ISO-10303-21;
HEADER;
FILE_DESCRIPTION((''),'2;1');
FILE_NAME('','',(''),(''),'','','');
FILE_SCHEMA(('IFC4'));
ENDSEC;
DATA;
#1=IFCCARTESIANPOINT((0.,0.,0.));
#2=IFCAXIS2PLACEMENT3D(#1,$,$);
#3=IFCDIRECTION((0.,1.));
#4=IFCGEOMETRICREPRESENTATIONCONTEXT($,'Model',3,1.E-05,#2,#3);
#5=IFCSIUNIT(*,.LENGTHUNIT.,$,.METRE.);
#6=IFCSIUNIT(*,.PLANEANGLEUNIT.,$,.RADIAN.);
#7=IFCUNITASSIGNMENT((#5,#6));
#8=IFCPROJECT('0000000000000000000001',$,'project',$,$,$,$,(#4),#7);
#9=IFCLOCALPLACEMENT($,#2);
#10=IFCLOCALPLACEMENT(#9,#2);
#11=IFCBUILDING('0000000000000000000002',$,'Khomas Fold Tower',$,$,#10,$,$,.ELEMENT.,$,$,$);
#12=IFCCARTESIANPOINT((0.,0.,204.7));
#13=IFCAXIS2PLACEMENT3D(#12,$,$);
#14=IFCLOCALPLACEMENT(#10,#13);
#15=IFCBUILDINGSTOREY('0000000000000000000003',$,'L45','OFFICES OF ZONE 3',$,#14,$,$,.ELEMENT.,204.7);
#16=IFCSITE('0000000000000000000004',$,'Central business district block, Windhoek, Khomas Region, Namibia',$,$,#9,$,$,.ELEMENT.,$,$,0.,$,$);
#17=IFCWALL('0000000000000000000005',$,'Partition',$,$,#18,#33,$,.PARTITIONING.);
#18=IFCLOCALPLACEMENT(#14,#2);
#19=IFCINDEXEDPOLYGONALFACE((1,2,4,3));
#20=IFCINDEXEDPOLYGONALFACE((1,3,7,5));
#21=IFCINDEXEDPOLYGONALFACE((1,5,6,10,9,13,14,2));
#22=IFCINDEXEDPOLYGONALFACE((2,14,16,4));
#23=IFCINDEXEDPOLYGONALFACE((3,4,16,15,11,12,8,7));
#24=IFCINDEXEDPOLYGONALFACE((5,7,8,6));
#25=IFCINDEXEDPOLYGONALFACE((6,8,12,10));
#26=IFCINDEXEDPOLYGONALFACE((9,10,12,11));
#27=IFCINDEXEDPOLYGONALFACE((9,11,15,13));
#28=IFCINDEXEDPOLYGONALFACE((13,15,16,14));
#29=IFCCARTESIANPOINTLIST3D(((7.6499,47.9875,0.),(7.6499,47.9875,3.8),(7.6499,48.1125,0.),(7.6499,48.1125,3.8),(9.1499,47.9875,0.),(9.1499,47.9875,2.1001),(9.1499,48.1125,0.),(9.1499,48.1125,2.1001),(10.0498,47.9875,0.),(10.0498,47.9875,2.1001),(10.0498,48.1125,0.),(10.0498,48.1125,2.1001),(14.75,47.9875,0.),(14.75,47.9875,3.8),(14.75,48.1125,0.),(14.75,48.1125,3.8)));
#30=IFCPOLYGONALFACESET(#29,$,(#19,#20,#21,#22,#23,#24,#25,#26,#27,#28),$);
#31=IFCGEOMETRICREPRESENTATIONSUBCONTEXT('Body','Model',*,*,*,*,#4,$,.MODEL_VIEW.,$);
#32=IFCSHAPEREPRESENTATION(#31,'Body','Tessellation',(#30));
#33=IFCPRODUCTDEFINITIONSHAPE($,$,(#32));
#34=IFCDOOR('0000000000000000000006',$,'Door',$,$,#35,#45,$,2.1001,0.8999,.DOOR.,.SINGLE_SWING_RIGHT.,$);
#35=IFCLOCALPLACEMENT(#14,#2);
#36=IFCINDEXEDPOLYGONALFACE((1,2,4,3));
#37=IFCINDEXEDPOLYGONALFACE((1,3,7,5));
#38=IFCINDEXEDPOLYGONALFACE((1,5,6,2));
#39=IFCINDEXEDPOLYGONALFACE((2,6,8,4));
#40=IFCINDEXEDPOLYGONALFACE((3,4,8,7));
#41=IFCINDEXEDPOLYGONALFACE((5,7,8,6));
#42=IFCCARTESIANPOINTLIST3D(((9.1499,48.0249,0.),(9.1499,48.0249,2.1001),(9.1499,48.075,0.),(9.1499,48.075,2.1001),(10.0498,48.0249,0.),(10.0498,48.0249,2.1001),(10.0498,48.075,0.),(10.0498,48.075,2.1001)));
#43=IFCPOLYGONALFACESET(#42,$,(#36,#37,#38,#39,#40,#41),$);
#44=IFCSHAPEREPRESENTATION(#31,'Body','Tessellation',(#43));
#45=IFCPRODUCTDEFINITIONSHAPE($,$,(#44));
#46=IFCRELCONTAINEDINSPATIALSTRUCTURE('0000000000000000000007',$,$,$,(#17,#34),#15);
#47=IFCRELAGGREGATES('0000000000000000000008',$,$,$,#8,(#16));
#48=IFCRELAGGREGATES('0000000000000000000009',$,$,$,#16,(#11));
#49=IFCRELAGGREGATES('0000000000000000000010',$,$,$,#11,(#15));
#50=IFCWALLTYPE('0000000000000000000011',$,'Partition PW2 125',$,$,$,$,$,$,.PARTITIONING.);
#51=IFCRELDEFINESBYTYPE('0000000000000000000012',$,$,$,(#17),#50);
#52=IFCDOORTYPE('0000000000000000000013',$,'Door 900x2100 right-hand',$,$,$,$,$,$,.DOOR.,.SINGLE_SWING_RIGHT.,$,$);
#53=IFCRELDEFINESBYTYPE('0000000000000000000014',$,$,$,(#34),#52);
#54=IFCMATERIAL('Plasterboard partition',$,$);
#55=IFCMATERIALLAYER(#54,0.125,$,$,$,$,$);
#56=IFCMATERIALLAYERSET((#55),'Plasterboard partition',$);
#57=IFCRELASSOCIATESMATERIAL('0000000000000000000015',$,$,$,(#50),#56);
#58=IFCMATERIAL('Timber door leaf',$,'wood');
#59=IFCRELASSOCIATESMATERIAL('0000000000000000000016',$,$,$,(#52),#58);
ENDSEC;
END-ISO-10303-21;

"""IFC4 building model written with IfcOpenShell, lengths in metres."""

from ifc_helpers import new_model, si_unit, direction, frame, frame_2d, origin, place, context, subcontext, project, spatial, rectangle, extrude, source, transform, mapped, material, layer, layer_set, type_object, element, fill, save


model = new_model("IFC4")

# Units and contexts
model_context = context("Model", 3, precision=1e-05, world=origin(), true_north=direction((0.0, 1.0)))
body_context = subcontext(model_context, "Body", "Model", "MODEL_VIEW")
ifc_project = project(units=[si_unit("LENGTHUNIT", "METRE"), si_unit("PLANEANGLEUNIT", "RADIAN")], contexts=[model_context])

# Site, building, storey
site_placement = place(None, origin())
site = spatial("IfcSite", under=ifc_project, at=site_placement, Name="Central business district block, Windhoek, Khomas Region, Namibia", CompositionType="ELEMENT", RefElevation=0.0)
building_placement = place(site_placement, origin())
building = spatial("IfcBuilding", under=site, at=building_placement, Name="Khomas Fold Tower", CompositionType="ELEMENT")
storey_placement = place(building_placement, frame((0.0, 0.0, 204.7)))
storey = spatial("IfcBuildingStorey", under=building, at=storey_placement, Name="L45", Description="OFFICES OF ZONE 3", CompositionType="ELEMENT", Elevation=204.7)

# Shared definitions
ifc_material_1 = material(Name="Plasterboard partition")
ifc_layer_1 = layer(ifc_material_1, 0.125)
ifc_layer_set_1 = layer_set([ifc_layer_1], Name="Plasterboard partition")
wall_type = type_object("IfcWallType", Name="Partition PW2 125", PredefinedType="PARTITIONING", material=ifc_layer_set_1)

# Wall, opening, door
shared_shape_1 = source(origin(), body_context, "Body", "SweptSolid", [
    extrude(rectangle(XDim=7.1001, YDim=0.125, at=frame_2d((3.55, 0.0))), origin(), (0.0, 0.0, 1.0), 3.8),
])
wall_1_placement = place(storey_placement, frame((7.6499, 48.05, 0.0), z_axis=(0.0, 0.0, 1.0), x_axis=(1.0, 0.0, 0.0)))
wall_1 = element("IfcWall", 1, at=wall_1_placement, inside=storey, type_object=wall_type, Name="Partition", PredefinedType="PARTITIONING", context=body_context, shape_type="MappedRepresentation", body=[
    mapped(shared_shape_1, transform((0.0, 0.0, 0.0))),
])
shared_shape_2 = source(origin(), body_context, "Body", "SweptSolid", [
    extrude(rectangle(XDim=0.8999, YDim=2.1001, at=frame_2d((0.45, 1.05))), frame((0.0, 0.0725, 0.0), z_axis=(0.0, -1.0, 0.0), x_axis=(1.0, 0.0, 0.0)), (0.0, 0.0, 1.0), 0.145),
])
opening_placement = place(wall_1_placement, frame((1.5, 0.0, 0.0)))
opening = element("IfcOpeningElement", 2, at=opening_placement, cuts=wall_1, PredefinedType="OPENING", context=body_context, shape_type="MappedRepresentation", body=[
    mapped(shared_shape_2, transform((0.0, 0.0, 0.0))),
])
ifc_material_2 = material(Name="Timber door leaf", Category="wood")
door_type = type_object("IfcDoorType", Name="Door 900x2100 right-hand", OperationType="SINGLE_SWING_RIGHT", PredefinedType="DOOR", material=ifc_material_2)
shared_shape_3 = source(origin(), body_context, "Body", "SweptSolid", [
    extrude(rectangle(XDim=0.8999, YDim=2.1001, at=frame_2d((0.45, 1.05))), frame((0.0, 0.0249, 0.0), z_axis=(0.0, -1.0, 0.0), x_axis=(1.0, 0.0, 0.0)), (0.0, 0.0, 1.0), 0.05),
])
door_placement = place(opening_placement, origin())
door = element("IfcDoor", 3, at=door_placement, inside=storey, type_object=door_type, Name="Door", OperationType="SINGLE_SWING_RIGHT", OverallHeight=2.1001, OverallWidth=0.8999, PredefinedType="DOOR", context=body_context, shape_type="MappedRepresentation", body=[
    mapped(shared_shape_3, transform((0.0, 0.0, 0.0))),
])
fill(opening, door)

save(model, "model.ifc")
